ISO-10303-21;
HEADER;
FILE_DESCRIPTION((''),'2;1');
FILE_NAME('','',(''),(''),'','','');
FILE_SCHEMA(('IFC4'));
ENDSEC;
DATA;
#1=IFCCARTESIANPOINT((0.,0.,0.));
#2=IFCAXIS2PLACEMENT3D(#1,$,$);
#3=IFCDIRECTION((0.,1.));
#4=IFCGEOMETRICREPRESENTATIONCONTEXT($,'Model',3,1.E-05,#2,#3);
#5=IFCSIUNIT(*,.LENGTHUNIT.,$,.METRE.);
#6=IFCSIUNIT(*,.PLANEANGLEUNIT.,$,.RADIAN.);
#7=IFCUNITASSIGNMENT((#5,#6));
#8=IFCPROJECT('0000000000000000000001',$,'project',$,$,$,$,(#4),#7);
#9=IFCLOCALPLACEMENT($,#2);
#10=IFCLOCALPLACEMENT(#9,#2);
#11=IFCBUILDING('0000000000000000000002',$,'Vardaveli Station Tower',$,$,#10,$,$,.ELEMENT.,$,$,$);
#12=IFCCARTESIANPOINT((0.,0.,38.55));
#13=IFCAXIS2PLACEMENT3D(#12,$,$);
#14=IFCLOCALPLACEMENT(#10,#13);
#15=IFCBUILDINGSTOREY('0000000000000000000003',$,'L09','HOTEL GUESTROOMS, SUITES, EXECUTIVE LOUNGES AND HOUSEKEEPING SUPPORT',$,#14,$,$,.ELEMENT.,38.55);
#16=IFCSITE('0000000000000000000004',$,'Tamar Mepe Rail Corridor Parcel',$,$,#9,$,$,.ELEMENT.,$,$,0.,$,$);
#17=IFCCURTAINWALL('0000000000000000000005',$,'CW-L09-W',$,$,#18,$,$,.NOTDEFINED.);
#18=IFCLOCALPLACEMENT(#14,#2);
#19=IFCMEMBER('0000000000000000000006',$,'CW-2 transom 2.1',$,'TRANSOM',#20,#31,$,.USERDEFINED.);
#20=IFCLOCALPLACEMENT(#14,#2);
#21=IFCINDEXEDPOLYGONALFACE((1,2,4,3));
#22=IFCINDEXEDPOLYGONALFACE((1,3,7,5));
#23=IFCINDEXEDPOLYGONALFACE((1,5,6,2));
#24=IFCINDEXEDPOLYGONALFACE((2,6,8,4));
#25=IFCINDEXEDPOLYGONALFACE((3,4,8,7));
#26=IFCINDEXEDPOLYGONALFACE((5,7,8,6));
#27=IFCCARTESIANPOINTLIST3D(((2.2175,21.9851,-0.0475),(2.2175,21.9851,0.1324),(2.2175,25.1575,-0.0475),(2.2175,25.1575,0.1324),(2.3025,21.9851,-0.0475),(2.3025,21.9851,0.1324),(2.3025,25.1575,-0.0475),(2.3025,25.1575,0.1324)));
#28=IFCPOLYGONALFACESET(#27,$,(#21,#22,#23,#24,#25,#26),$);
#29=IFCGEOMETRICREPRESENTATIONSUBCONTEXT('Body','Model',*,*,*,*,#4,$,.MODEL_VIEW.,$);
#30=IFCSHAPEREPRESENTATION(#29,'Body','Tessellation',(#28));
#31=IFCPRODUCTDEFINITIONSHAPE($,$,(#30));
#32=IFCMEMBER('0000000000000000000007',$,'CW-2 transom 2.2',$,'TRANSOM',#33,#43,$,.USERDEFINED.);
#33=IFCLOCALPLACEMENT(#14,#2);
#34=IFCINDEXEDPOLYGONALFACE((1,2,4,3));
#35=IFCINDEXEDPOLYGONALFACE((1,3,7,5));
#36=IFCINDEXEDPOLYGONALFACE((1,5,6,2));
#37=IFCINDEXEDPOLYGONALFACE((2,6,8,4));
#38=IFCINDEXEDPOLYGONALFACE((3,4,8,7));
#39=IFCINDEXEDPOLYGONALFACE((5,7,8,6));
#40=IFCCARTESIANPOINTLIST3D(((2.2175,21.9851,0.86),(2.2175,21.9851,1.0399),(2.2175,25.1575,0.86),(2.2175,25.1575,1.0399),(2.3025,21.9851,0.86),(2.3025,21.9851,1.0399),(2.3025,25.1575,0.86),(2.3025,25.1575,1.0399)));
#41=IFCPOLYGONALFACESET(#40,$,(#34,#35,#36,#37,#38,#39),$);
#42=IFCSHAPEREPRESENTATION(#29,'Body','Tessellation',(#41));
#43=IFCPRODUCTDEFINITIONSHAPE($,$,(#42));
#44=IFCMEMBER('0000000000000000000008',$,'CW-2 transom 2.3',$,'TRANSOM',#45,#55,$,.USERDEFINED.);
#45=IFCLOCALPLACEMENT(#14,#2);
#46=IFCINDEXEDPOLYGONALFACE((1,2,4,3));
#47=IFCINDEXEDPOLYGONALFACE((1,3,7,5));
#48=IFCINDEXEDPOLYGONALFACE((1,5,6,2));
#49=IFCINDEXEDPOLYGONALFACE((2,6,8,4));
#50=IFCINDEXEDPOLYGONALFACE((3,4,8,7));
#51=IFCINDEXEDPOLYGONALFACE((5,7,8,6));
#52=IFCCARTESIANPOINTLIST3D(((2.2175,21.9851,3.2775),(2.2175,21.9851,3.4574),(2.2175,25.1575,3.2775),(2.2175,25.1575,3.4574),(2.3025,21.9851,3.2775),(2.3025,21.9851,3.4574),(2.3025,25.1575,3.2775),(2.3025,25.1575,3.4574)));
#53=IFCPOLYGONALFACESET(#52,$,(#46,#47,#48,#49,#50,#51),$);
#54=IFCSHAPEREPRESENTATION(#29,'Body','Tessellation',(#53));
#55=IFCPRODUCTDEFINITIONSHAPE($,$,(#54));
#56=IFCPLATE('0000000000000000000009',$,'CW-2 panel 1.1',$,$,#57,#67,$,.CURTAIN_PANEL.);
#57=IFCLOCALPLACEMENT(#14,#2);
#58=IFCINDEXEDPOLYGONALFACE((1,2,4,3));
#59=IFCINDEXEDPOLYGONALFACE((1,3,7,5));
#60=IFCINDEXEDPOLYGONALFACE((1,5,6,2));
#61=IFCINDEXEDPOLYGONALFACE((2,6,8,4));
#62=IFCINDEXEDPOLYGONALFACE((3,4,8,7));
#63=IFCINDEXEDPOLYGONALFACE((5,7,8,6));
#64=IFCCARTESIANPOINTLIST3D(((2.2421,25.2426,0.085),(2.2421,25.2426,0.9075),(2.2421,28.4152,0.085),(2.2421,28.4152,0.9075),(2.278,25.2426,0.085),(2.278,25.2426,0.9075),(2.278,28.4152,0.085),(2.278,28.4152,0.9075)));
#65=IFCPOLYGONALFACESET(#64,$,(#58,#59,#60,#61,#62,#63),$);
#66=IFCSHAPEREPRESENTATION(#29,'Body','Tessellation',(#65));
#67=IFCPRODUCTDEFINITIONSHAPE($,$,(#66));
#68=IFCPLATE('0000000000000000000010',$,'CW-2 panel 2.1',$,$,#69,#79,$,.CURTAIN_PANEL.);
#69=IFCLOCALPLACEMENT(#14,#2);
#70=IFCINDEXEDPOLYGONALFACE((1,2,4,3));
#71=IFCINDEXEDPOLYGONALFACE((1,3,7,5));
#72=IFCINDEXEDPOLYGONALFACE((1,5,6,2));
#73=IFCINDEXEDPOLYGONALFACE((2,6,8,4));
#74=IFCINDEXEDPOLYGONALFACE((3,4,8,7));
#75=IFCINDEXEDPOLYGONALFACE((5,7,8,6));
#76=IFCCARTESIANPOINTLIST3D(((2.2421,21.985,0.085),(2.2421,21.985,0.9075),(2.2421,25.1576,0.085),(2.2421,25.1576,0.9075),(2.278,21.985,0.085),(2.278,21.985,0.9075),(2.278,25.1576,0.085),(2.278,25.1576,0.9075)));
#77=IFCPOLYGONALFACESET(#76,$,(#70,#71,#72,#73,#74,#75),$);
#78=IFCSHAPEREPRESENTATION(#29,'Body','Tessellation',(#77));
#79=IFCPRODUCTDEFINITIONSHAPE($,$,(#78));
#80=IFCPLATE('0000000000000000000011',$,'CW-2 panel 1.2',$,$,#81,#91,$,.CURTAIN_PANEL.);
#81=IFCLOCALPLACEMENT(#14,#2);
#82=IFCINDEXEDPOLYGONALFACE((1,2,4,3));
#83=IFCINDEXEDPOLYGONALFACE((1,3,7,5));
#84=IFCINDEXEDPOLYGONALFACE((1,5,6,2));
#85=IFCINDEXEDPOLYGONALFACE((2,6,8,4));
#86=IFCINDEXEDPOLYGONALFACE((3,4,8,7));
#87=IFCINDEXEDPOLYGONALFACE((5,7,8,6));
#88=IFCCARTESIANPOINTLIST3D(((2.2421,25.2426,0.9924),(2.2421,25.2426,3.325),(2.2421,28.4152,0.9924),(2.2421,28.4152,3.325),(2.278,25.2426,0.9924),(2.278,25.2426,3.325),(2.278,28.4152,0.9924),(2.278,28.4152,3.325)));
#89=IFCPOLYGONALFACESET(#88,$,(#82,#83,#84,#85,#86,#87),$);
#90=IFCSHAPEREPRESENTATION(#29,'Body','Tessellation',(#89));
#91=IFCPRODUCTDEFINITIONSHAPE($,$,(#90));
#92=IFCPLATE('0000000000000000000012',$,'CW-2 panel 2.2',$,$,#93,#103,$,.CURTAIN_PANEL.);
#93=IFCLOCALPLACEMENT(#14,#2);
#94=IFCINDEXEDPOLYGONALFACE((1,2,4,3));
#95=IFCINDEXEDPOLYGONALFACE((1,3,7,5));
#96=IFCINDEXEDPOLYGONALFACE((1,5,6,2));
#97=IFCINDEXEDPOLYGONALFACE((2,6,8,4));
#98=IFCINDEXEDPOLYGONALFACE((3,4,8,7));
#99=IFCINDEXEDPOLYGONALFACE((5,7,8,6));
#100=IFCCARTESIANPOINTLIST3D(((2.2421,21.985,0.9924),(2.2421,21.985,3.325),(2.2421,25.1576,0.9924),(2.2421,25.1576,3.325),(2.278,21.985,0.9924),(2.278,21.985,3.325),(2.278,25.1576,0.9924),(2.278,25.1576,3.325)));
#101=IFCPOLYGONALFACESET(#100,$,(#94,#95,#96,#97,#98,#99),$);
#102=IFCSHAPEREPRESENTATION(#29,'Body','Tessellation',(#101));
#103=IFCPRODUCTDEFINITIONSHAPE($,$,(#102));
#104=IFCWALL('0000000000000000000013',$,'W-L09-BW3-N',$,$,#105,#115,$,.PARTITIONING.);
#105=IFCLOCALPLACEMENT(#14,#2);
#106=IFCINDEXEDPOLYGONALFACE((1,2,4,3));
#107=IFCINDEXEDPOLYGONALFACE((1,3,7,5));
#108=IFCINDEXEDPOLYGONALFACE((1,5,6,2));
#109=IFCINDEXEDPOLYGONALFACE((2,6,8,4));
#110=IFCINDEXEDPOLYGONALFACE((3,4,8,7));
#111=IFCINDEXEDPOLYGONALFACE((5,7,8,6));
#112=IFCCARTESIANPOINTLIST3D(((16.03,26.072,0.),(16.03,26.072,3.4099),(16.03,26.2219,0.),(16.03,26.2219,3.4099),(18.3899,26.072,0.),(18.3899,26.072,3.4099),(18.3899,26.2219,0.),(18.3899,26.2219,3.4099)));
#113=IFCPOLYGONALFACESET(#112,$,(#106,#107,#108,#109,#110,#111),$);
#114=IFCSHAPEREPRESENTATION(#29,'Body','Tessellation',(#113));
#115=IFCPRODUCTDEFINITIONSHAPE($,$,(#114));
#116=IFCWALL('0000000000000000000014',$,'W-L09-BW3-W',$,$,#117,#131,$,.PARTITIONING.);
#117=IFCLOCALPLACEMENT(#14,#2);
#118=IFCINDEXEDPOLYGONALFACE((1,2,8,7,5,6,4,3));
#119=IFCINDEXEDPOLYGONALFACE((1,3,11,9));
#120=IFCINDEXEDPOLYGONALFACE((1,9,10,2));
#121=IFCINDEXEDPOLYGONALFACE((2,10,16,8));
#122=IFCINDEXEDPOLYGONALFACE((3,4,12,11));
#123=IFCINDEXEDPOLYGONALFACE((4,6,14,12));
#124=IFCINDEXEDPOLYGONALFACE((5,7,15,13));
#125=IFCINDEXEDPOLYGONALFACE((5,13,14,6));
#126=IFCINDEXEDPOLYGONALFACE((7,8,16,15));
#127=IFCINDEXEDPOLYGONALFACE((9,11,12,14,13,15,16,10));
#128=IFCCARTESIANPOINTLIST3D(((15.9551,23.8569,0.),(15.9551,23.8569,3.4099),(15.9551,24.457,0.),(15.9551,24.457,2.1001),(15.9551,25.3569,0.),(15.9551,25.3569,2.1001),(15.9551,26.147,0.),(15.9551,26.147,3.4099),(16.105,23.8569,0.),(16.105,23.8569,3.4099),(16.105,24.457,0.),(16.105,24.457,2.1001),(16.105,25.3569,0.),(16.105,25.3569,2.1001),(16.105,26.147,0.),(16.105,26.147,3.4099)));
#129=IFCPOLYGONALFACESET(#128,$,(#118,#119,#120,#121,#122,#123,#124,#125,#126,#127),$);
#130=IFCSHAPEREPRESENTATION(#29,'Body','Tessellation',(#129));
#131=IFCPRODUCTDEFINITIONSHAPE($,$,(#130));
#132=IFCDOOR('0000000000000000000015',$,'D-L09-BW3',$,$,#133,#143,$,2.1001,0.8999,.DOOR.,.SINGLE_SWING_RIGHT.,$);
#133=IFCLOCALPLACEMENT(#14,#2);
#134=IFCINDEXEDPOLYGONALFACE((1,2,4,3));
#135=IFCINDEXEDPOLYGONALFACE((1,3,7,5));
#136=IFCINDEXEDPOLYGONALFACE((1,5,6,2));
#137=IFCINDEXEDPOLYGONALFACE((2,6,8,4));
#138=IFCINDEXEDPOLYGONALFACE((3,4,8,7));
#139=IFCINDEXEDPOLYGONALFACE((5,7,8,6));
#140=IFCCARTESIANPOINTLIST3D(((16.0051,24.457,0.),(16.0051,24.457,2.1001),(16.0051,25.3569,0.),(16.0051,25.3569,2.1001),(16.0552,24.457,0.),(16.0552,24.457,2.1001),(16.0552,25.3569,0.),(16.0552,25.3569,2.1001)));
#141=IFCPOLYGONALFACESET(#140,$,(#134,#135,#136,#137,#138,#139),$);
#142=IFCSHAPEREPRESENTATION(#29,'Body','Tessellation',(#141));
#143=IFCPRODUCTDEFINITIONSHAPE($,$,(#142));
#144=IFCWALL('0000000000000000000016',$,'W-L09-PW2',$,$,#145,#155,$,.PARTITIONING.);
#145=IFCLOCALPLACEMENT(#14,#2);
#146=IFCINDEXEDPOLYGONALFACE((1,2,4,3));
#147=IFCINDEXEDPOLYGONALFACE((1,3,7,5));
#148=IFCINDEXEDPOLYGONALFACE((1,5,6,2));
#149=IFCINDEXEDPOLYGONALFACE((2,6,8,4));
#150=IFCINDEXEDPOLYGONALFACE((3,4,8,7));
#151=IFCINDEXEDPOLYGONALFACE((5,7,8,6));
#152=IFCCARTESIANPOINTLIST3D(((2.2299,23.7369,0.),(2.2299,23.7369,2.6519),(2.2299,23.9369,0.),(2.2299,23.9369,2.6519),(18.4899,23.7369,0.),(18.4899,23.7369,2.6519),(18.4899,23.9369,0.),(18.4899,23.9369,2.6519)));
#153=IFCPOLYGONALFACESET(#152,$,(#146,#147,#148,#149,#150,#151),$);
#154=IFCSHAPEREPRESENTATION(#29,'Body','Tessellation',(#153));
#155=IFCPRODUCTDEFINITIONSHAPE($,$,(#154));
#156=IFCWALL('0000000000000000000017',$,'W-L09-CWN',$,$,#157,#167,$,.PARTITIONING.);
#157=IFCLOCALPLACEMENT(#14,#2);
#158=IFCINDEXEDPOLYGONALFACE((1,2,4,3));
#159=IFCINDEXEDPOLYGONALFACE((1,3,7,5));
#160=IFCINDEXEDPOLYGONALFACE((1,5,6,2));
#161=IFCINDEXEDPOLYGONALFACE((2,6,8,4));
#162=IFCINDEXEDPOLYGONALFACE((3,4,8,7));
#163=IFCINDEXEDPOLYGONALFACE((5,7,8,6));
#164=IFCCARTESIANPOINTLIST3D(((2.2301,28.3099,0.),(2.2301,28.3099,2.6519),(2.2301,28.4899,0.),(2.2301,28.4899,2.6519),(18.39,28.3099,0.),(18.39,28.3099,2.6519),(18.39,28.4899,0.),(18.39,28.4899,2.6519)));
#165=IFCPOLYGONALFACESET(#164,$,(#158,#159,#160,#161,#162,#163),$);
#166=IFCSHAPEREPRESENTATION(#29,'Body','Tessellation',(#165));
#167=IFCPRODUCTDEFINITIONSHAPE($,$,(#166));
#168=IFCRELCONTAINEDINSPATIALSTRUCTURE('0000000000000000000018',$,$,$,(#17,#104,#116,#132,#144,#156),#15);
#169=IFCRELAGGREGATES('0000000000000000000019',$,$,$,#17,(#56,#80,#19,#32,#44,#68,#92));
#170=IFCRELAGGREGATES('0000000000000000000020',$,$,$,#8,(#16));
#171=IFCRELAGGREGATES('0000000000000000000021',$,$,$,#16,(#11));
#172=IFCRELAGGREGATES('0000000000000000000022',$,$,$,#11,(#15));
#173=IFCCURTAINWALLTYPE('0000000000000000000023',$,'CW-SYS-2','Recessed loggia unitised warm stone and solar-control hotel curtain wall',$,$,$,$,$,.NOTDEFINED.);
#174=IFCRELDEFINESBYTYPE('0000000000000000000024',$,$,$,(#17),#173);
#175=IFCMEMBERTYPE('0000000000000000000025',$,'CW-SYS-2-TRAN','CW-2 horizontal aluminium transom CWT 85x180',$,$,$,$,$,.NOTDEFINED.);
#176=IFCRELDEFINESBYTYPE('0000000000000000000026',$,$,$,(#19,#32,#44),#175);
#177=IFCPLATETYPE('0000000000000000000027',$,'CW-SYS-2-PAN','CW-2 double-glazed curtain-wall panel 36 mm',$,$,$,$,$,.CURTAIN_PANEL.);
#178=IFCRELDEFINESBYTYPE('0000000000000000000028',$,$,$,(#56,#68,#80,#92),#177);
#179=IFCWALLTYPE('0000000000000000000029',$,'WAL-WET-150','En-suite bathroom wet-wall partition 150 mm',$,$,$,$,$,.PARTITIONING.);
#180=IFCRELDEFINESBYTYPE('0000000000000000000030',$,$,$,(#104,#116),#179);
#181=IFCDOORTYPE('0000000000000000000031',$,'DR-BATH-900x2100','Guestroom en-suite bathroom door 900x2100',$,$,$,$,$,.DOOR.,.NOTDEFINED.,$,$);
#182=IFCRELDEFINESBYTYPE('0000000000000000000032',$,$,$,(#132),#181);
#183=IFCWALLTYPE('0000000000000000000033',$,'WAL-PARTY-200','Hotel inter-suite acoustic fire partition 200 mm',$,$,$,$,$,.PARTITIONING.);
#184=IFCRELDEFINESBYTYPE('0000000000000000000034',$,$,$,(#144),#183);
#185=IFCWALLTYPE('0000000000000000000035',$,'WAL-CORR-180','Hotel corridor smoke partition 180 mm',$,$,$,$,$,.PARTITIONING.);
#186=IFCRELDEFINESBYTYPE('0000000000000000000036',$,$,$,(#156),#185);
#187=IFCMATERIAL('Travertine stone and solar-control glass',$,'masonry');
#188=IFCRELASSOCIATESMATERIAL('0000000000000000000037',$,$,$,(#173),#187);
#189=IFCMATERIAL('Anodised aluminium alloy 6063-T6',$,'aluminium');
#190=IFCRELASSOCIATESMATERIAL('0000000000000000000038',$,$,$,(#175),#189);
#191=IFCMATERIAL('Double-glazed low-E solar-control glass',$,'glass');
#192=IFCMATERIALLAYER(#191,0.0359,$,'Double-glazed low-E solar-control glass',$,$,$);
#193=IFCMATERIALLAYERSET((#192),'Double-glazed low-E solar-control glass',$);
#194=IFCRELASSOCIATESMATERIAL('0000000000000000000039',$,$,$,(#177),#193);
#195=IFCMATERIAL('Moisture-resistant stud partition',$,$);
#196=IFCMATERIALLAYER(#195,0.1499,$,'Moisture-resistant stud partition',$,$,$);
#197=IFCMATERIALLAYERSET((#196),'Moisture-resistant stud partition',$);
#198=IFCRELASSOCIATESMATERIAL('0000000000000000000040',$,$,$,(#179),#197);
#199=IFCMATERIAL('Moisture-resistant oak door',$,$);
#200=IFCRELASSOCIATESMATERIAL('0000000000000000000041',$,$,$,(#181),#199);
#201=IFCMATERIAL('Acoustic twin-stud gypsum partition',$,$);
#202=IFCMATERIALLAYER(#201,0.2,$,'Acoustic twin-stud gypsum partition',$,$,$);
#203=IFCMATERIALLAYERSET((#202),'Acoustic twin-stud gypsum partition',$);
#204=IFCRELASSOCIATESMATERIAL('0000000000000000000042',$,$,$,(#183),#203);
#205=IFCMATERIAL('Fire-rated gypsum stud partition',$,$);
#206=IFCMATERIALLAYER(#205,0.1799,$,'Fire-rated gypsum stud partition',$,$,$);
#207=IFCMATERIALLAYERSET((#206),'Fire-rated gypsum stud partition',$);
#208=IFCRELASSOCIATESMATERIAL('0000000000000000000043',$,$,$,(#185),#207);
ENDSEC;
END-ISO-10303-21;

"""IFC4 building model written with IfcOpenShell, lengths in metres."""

from ifc_helpers import new_model, si_unit, direction, frame, frame_2d, origin, origin_2d, place, context, subcontext, project, spatial, rectangle, extrude, source, transform, mapped, material, layer, layer_set, material_profile, profile_set, type_object, element, fill, aggregate, save


model = new_model("IFC4")

# Units and contexts
model_context = context("Model", 3, precision=1e-05, world=origin(), true_north=direction((0.0, 1.0)))
body_context = subcontext(model_context, "Body", "Model", "MODEL_VIEW")
ifc_project = project(units=[si_unit("LENGTHUNIT", "METRE"), si_unit("PLANEANGLEUNIT", "RADIAN")], contexts=[model_context])

# Site, building, storey
site_placement = place(None, origin())
site = spatial("IfcSite", under=ifc_project, at=site_placement, Name="Tamar Mepe Rail Corridor Parcel", CompositionType="ELEMENT", RefElevation=0.0)
building_placement = place(site_placement, origin())
building = spatial("IfcBuilding", under=site, at=building_placement, Name="Vardaveli Station Tower", CompositionType="ELEMENT")
storey_placement = place(building_placement, frame((0.0, 0.0, 38.55)))
storey = spatial("IfcBuildingStorey", under=building, at=storey_placement, Name="L09", Description="HOTEL GUESTROOMS, SUITES, EXECUTIVE LOUNGES AND HOUSEKEEPING SUPPORT", CompositionType="ELEMENT", Elevation=38.55)

# Curtain wall, members, plates
ifc_material_1 = material(Name="Travertine stone and solar-control glass", Category="masonry")
curtain_wall_type = type_object("IfcCurtainWallType", Name="CW-SYS-2", Description="Recessed loggia unitised warm stone and solar-control hotel curtain wall", PredefinedType="NOTDEFINED", material=ifc_material_1)
curtain_wall_placement = place(storey_placement, origin())
curtain_wall = element("IfcCurtainWall", 1, at=curtain_wall_placement, inside=storey, type_object=curtain_wall_type, Name="CW-L09-W", PredefinedType="NOTDEFINED")
ifc_material_2 = material(Name="Anodised aluminium alloy 6063-T6", Category="aluminium")
ifc_material_profile_1 = material_profile(ifc_material_2, rectangle(XDim=0.085, YDim=0.1799, at=origin_2d()), Name="CWT 85x180")
ifc_profile_set_1 = profile_set([ifc_material_profile_1], Name="Anodised aluminium alloy 6063-T6")
member_type_1 = type_object("IfcMemberType", Name="CW-SYS-2-TRAN", Description="CW-2 horizontal aluminium transom CWT 85x180", PredefinedType="NOTDEFINED", material=ifc_profile_set_1)
shared_shape_1 = source(origin(), body_context, "Body", "SweptSolid", [
    extrude(rectangle(XDim=0.085, YDim=0.1799, at=origin_2d()), origin(), (0.0, 0.0, 1.0), 3.1724),
])
member_1_placement = place(storey_placement, frame((2.26, 25.1575, 0.0425), z_axis=(0.0, -1.0, 0.0), x_axis=(1.0, 0.0, 0.0)))
member_1 = element("IfcMember", 2, at=member_1_placement, type_object=member_type_1, Name="CW-2 transom 2.1", ObjectType="TRANSOM", PredefinedType="USERDEFINED", context=body_context, shape_type="MappedRepresentation", body=[
    mapped(shared_shape_1, transform((0.0, 0.0, 0.0), scale=1.0)),
])
member_2_placement = place(storey_placement, frame((2.26, 25.1575, 0.95), z_axis=(0.0, -1.0, 0.0), x_axis=(1.0, 0.0, 0.0)))
member_2 = element("IfcMember", 3, at=member_2_placement, type_object=member_type_1, Name="CW-2 transom 2.2", ObjectType="TRANSOM", PredefinedType="USERDEFINED", context=body_context, shape_type="MappedRepresentation", body=[
    mapped(shared_shape_1, transform((0.0, 0.0, 0.0), scale=1.0)),
])
member_3_placement = place(storey_placement, frame((2.26, 25.1575, 3.3674), z_axis=(0.0, -1.0, 0.0), x_axis=(1.0, 0.0, 0.0)))
member_3 = element("IfcMember", 4, at=member_3_placement, type_object=member_type_1, Name="CW-2 transom 2.3", ObjectType="TRANSOM", PredefinedType="USERDEFINED", context=body_context, shape_type="MappedRepresentation", body=[
    mapped(shared_shape_1, transform((0.0, 0.0, 0.0), scale=1.0)),
])
ifc_material_3 = material(Name="Double-glazed low-E solar-control glass", Category="glass")
ifc_layer_1 = layer(ifc_material_3, 0.0359, Name="Double-glazed low-E solar-control glass")
ifc_layer_set_1 = layer_set([ifc_layer_1], Name="Double-glazed low-E solar-control glass")
plate_type = type_object("IfcPlateType", Name="CW-SYS-2-PAN", Description="CW-2 double-glazed curtain-wall panel 36 mm", PredefinedType="CURTAIN_PANEL", material=ifc_layer_set_1)
shared_shape_2 = source(origin(), body_context, "Body", "SweptSolid", [
    extrude(rectangle(XDim=3.1726, YDim=0.0359, at=origin_2d()), origin(), (0.0, 0.0, 1.0), 0.8225),
])
plate_1_placement = place(storey_placement, frame((2.26, 26.8289, 0.085), z_axis=(0.0, 0.0, 1.0), x_axis=(0.0, -1.0, 0.0)))
plate_1 = element("IfcPlate", 5, at=plate_1_placement, type_object=plate_type, Name="CW-2 panel 1.1", PredefinedType="CURTAIN_PANEL", context=body_context, shape_type="MappedRepresentation", body=[
    mapped(shared_shape_2, transform((0.0, 0.0, 0.0), scale=1.0)),
])
plate_2_placement = place(storey_placement, frame((2.26, 23.5713, 0.085), z_axis=(0.0, 0.0, 1.0), x_axis=(0.0, -1.0, 0.0)))
plate_2 = element("IfcPlate", 6, at=plate_2_placement, type_object=plate_type, Name="CW-2 panel 2.1", PredefinedType="CURTAIN_PANEL", context=body_context, shape_type="MappedRepresentation", body=[
    mapped(shared_shape_2, transform((0.0, 0.0, 0.0), scale=1.0)),
])
shared_shape_3 = source(origin(), body_context, "Body", "SweptSolid", [
    extrude(rectangle(XDim=3.1726, YDim=0.0359, at=origin_2d()), origin(), (0.0, 0.0, 1.0), 2.3325),
])
plate_3_placement = place(storey_placement, frame((2.26, 26.8289, 0.9924), z_axis=(0.0, 0.0, 1.0), x_axis=(0.0, -1.0, 0.0)))
plate_3 = element("IfcPlate", 7, at=plate_3_placement, type_object=plate_type, Name="CW-2 panel 1.2", PredefinedType="CURTAIN_PANEL", context=body_context, shape_type="MappedRepresentation", body=[
    mapped(shared_shape_3, transform((0.0, 0.0, 0.0), scale=1.0)),
])
plate_4_placement = place(storey_placement, frame((2.26, 23.5713, 0.9924), z_axis=(0.0, 0.0, 1.0), x_axis=(0.0, -1.0, 0.0)))
plate_4 = element("IfcPlate", 8, at=plate_4_placement, type_object=plate_type, Name="CW-2 panel 2.2", PredefinedType="CURTAIN_PANEL", context=body_context, shape_type="MappedRepresentation", body=[
    mapped(shared_shape_3, transform((0.0, 0.0, 0.0), scale=1.0)),
])
aggregate(curtain_wall, [plate_1, plate_3, member_1, member_2, member_3, plate_2, plate_4])

# Wall
ifc_material_4 = material(Name="Moisture-resistant stud partition")
ifc_layer_2 = layer(ifc_material_4, 0.1499, Name="Moisture-resistant stud partition")
ifc_layer_set_2 = layer_set([ifc_layer_2], Name="Moisture-resistant stud partition")
wall_type_1 = type_object("IfcWallType", Name="WAL-WET-150", Description="En-suite bathroom wet-wall partition 150 mm", PredefinedType="PARTITIONING", material=ifc_layer_set_2)
shared_shape_4 = source(origin(), body_context, "Body", "SweptSolid", [
    extrude(rectangle(XDim=2.3599, YDim=0.1499, at=frame_2d((1.1799, 0.0))), origin(), (0.0, 0.0, 1.0), 3.4099),
])
wall_1_placement = place(storey_placement, frame((16.03, 26.147, 0.0), z_axis=(0.0, 0.0, 1.0), x_axis=(1.0, 0.0, 0.0)))
element("IfcWall", 9, at=wall_1_placement, inside=storey, type_object=wall_type_1, Name="W-L09-BW3-N", PredefinedType="PARTITIONING", context=body_context, shape_type="MappedRepresentation", body=[
    mapped(shared_shape_4, transform((0.0, 0.0, 0.0), scale=1.0)),
])

# Wall, opening, door
shared_shape_5 = source(origin(), body_context, "Body", "SweptSolid", [
    extrude(rectangle(XDim=2.29, YDim=0.1499, at=frame_2d((1.145, 0.0))), origin(), (0.0, 0.0, 1.0), 3.4099),
])
wall_2_placement = place(storey_placement, frame((16.03, 23.8569, 0.0), z_axis=(0.0, 0.0, 1.0), x_axis=(0.0, 1.0, 0.0)))
wall_2 = element("IfcWall", 10, at=wall_2_placement, inside=storey, type_object=wall_type_1, Name="W-L09-BW3-W", PredefinedType="PARTITIONING", context=body_context, shape_type="MappedRepresentation", body=[
    mapped(shared_shape_5, transform((0.0, 0.0, 0.0), scale=1.0)),
])
shared_shape_6 = source(origin(), body_context, "Body", "SweptSolid", [
    extrude(rectangle(XDim=0.8999, YDim=2.1001, at=frame_2d((0.45, 1.05))), frame((0.0, 0.085, 0.0), z_axis=(0.0, -1.0, 0.0), x_axis=(1.0, 0.0, 0.0)), (0.0, 0.0, 1.0), 0.1699),
])
opening_placement = place(wall_2_placement, frame((0.6001, 0.0, 0.0)))
opening = element("IfcOpeningElement", 11, at=opening_placement, cuts=wall_2, PredefinedType="OPENING", context=body_context, shape_type="MappedRepresentation", body=[
    mapped(shared_shape_6, transform((0.0, 0.0, 0.0), scale=1.0)),
])
ifc_material_5 = material(Name="Moisture-resistant oak door")
door_type = type_object("IfcDoorType", Name="DR-BATH-900x2100", Description="Guestroom en-suite bathroom door 900x2100", OperationType="NOTDEFINED", PredefinedType="DOOR", material=ifc_material_5)
shared_shape_7 = source(origin(), body_context, "Body", "SweptSolid", [
    extrude(rectangle(XDim=0.8999, YDim=2.1001, at=frame_2d((0.45, 1.05))), frame((0.0, 0.0249, 0.0), z_axis=(0.0, -1.0, 0.0), x_axis=(1.0, 0.0, 0.0)), (0.0, 0.0, 1.0), 0.05),
])
door_placement = place(opening_placement, origin())
door = element("IfcDoor", 12, at=door_placement, inside=storey, type_object=door_type, Name="D-L09-BW3", OperationType="SINGLE_SWING_RIGHT", OverallHeight=2.1001, OverallWidth=0.8999, PredefinedType="DOOR", context=body_context, shape_type="MappedRepresentation", body=[
    mapped(shared_shape_7, transform((0.0, 0.0, 0.0), scale=1.0)),
])
fill(opening, door)

# Walls
ifc_material_6 = material(Name="Acoustic twin-stud gypsum partition")
ifc_layer_3 = layer(ifc_material_6, 0.2, Name="Acoustic twin-stud gypsum partition")
ifc_layer_set_3 = layer_set([ifc_layer_3], Name="Acoustic twin-stud gypsum partition")
wall_type_2 = type_object("IfcWallType", Name="WAL-PARTY-200", Description="Hotel inter-suite acoustic fire partition 200 mm", PredefinedType="PARTITIONING", material=ifc_layer_set_3)
shared_shape_8 = source(origin(), body_context, "Body", "SweptSolid", [
    extrude(rectangle(XDim=16.26, YDim=0.2, at=frame_2d((8.1299, 0.0))), origin(), (0.0, 0.0, 1.0), 2.6519),
])
wall_3_placement = place(storey_placement, frame((2.23, 23.8369, 0.0), z_axis=(0.0, 0.0, 1.0), x_axis=(1.0, 0.0, 0.0)))
element("IfcWall", 13, at=wall_3_placement, inside=storey, type_object=wall_type_2, Name="W-L09-PW2", PredefinedType="PARTITIONING", context=body_context, shape_type="MappedRepresentation", body=[
    mapped(shared_shape_8, transform((0.0, 0.0, 0.0), scale=1.0)),
])
ifc_material_7 = material(Name="Fire-rated gypsum stud partition")
ifc_layer_4 = layer(ifc_material_7, 0.1799, Name="Fire-rated gypsum stud partition")
ifc_layer_set_4 = layer_set([ifc_layer_4], Name="Fire-rated gypsum stud partition")
wall_type_3 = type_object("IfcWallType", Name="WAL-CORR-180", Description="Hotel corridor smoke partition 180 mm", PredefinedType="PARTITIONING", material=ifc_layer_set_4)
shared_shape_9 = source(origin(), body_context, "Body", "SweptSolid", [
    extrude(rectangle(XDim=16.1599, YDim=0.1799, at=frame_2d((8.0801, 0.0))), origin(), (0.0, 0.0, 1.0), 2.6519),
])
wall_4_placement = place(storey_placement, frame((2.23, 28.3999, 0.0), z_axis=(0.0, 0.0, 1.0), x_axis=(1.0, 0.0, 0.0)))
element("IfcWall", 14, at=wall_4_placement, inside=storey, type_object=wall_type_3, Name="W-L09-CWN", PredefinedType="PARTITIONING", context=body_context, shape_type="MappedRepresentation", body=[
    mapped(shared_shape_9, transform((0.0, 0.0, 0.0), scale=1.0)),
])

save(model, "model.ifc")
